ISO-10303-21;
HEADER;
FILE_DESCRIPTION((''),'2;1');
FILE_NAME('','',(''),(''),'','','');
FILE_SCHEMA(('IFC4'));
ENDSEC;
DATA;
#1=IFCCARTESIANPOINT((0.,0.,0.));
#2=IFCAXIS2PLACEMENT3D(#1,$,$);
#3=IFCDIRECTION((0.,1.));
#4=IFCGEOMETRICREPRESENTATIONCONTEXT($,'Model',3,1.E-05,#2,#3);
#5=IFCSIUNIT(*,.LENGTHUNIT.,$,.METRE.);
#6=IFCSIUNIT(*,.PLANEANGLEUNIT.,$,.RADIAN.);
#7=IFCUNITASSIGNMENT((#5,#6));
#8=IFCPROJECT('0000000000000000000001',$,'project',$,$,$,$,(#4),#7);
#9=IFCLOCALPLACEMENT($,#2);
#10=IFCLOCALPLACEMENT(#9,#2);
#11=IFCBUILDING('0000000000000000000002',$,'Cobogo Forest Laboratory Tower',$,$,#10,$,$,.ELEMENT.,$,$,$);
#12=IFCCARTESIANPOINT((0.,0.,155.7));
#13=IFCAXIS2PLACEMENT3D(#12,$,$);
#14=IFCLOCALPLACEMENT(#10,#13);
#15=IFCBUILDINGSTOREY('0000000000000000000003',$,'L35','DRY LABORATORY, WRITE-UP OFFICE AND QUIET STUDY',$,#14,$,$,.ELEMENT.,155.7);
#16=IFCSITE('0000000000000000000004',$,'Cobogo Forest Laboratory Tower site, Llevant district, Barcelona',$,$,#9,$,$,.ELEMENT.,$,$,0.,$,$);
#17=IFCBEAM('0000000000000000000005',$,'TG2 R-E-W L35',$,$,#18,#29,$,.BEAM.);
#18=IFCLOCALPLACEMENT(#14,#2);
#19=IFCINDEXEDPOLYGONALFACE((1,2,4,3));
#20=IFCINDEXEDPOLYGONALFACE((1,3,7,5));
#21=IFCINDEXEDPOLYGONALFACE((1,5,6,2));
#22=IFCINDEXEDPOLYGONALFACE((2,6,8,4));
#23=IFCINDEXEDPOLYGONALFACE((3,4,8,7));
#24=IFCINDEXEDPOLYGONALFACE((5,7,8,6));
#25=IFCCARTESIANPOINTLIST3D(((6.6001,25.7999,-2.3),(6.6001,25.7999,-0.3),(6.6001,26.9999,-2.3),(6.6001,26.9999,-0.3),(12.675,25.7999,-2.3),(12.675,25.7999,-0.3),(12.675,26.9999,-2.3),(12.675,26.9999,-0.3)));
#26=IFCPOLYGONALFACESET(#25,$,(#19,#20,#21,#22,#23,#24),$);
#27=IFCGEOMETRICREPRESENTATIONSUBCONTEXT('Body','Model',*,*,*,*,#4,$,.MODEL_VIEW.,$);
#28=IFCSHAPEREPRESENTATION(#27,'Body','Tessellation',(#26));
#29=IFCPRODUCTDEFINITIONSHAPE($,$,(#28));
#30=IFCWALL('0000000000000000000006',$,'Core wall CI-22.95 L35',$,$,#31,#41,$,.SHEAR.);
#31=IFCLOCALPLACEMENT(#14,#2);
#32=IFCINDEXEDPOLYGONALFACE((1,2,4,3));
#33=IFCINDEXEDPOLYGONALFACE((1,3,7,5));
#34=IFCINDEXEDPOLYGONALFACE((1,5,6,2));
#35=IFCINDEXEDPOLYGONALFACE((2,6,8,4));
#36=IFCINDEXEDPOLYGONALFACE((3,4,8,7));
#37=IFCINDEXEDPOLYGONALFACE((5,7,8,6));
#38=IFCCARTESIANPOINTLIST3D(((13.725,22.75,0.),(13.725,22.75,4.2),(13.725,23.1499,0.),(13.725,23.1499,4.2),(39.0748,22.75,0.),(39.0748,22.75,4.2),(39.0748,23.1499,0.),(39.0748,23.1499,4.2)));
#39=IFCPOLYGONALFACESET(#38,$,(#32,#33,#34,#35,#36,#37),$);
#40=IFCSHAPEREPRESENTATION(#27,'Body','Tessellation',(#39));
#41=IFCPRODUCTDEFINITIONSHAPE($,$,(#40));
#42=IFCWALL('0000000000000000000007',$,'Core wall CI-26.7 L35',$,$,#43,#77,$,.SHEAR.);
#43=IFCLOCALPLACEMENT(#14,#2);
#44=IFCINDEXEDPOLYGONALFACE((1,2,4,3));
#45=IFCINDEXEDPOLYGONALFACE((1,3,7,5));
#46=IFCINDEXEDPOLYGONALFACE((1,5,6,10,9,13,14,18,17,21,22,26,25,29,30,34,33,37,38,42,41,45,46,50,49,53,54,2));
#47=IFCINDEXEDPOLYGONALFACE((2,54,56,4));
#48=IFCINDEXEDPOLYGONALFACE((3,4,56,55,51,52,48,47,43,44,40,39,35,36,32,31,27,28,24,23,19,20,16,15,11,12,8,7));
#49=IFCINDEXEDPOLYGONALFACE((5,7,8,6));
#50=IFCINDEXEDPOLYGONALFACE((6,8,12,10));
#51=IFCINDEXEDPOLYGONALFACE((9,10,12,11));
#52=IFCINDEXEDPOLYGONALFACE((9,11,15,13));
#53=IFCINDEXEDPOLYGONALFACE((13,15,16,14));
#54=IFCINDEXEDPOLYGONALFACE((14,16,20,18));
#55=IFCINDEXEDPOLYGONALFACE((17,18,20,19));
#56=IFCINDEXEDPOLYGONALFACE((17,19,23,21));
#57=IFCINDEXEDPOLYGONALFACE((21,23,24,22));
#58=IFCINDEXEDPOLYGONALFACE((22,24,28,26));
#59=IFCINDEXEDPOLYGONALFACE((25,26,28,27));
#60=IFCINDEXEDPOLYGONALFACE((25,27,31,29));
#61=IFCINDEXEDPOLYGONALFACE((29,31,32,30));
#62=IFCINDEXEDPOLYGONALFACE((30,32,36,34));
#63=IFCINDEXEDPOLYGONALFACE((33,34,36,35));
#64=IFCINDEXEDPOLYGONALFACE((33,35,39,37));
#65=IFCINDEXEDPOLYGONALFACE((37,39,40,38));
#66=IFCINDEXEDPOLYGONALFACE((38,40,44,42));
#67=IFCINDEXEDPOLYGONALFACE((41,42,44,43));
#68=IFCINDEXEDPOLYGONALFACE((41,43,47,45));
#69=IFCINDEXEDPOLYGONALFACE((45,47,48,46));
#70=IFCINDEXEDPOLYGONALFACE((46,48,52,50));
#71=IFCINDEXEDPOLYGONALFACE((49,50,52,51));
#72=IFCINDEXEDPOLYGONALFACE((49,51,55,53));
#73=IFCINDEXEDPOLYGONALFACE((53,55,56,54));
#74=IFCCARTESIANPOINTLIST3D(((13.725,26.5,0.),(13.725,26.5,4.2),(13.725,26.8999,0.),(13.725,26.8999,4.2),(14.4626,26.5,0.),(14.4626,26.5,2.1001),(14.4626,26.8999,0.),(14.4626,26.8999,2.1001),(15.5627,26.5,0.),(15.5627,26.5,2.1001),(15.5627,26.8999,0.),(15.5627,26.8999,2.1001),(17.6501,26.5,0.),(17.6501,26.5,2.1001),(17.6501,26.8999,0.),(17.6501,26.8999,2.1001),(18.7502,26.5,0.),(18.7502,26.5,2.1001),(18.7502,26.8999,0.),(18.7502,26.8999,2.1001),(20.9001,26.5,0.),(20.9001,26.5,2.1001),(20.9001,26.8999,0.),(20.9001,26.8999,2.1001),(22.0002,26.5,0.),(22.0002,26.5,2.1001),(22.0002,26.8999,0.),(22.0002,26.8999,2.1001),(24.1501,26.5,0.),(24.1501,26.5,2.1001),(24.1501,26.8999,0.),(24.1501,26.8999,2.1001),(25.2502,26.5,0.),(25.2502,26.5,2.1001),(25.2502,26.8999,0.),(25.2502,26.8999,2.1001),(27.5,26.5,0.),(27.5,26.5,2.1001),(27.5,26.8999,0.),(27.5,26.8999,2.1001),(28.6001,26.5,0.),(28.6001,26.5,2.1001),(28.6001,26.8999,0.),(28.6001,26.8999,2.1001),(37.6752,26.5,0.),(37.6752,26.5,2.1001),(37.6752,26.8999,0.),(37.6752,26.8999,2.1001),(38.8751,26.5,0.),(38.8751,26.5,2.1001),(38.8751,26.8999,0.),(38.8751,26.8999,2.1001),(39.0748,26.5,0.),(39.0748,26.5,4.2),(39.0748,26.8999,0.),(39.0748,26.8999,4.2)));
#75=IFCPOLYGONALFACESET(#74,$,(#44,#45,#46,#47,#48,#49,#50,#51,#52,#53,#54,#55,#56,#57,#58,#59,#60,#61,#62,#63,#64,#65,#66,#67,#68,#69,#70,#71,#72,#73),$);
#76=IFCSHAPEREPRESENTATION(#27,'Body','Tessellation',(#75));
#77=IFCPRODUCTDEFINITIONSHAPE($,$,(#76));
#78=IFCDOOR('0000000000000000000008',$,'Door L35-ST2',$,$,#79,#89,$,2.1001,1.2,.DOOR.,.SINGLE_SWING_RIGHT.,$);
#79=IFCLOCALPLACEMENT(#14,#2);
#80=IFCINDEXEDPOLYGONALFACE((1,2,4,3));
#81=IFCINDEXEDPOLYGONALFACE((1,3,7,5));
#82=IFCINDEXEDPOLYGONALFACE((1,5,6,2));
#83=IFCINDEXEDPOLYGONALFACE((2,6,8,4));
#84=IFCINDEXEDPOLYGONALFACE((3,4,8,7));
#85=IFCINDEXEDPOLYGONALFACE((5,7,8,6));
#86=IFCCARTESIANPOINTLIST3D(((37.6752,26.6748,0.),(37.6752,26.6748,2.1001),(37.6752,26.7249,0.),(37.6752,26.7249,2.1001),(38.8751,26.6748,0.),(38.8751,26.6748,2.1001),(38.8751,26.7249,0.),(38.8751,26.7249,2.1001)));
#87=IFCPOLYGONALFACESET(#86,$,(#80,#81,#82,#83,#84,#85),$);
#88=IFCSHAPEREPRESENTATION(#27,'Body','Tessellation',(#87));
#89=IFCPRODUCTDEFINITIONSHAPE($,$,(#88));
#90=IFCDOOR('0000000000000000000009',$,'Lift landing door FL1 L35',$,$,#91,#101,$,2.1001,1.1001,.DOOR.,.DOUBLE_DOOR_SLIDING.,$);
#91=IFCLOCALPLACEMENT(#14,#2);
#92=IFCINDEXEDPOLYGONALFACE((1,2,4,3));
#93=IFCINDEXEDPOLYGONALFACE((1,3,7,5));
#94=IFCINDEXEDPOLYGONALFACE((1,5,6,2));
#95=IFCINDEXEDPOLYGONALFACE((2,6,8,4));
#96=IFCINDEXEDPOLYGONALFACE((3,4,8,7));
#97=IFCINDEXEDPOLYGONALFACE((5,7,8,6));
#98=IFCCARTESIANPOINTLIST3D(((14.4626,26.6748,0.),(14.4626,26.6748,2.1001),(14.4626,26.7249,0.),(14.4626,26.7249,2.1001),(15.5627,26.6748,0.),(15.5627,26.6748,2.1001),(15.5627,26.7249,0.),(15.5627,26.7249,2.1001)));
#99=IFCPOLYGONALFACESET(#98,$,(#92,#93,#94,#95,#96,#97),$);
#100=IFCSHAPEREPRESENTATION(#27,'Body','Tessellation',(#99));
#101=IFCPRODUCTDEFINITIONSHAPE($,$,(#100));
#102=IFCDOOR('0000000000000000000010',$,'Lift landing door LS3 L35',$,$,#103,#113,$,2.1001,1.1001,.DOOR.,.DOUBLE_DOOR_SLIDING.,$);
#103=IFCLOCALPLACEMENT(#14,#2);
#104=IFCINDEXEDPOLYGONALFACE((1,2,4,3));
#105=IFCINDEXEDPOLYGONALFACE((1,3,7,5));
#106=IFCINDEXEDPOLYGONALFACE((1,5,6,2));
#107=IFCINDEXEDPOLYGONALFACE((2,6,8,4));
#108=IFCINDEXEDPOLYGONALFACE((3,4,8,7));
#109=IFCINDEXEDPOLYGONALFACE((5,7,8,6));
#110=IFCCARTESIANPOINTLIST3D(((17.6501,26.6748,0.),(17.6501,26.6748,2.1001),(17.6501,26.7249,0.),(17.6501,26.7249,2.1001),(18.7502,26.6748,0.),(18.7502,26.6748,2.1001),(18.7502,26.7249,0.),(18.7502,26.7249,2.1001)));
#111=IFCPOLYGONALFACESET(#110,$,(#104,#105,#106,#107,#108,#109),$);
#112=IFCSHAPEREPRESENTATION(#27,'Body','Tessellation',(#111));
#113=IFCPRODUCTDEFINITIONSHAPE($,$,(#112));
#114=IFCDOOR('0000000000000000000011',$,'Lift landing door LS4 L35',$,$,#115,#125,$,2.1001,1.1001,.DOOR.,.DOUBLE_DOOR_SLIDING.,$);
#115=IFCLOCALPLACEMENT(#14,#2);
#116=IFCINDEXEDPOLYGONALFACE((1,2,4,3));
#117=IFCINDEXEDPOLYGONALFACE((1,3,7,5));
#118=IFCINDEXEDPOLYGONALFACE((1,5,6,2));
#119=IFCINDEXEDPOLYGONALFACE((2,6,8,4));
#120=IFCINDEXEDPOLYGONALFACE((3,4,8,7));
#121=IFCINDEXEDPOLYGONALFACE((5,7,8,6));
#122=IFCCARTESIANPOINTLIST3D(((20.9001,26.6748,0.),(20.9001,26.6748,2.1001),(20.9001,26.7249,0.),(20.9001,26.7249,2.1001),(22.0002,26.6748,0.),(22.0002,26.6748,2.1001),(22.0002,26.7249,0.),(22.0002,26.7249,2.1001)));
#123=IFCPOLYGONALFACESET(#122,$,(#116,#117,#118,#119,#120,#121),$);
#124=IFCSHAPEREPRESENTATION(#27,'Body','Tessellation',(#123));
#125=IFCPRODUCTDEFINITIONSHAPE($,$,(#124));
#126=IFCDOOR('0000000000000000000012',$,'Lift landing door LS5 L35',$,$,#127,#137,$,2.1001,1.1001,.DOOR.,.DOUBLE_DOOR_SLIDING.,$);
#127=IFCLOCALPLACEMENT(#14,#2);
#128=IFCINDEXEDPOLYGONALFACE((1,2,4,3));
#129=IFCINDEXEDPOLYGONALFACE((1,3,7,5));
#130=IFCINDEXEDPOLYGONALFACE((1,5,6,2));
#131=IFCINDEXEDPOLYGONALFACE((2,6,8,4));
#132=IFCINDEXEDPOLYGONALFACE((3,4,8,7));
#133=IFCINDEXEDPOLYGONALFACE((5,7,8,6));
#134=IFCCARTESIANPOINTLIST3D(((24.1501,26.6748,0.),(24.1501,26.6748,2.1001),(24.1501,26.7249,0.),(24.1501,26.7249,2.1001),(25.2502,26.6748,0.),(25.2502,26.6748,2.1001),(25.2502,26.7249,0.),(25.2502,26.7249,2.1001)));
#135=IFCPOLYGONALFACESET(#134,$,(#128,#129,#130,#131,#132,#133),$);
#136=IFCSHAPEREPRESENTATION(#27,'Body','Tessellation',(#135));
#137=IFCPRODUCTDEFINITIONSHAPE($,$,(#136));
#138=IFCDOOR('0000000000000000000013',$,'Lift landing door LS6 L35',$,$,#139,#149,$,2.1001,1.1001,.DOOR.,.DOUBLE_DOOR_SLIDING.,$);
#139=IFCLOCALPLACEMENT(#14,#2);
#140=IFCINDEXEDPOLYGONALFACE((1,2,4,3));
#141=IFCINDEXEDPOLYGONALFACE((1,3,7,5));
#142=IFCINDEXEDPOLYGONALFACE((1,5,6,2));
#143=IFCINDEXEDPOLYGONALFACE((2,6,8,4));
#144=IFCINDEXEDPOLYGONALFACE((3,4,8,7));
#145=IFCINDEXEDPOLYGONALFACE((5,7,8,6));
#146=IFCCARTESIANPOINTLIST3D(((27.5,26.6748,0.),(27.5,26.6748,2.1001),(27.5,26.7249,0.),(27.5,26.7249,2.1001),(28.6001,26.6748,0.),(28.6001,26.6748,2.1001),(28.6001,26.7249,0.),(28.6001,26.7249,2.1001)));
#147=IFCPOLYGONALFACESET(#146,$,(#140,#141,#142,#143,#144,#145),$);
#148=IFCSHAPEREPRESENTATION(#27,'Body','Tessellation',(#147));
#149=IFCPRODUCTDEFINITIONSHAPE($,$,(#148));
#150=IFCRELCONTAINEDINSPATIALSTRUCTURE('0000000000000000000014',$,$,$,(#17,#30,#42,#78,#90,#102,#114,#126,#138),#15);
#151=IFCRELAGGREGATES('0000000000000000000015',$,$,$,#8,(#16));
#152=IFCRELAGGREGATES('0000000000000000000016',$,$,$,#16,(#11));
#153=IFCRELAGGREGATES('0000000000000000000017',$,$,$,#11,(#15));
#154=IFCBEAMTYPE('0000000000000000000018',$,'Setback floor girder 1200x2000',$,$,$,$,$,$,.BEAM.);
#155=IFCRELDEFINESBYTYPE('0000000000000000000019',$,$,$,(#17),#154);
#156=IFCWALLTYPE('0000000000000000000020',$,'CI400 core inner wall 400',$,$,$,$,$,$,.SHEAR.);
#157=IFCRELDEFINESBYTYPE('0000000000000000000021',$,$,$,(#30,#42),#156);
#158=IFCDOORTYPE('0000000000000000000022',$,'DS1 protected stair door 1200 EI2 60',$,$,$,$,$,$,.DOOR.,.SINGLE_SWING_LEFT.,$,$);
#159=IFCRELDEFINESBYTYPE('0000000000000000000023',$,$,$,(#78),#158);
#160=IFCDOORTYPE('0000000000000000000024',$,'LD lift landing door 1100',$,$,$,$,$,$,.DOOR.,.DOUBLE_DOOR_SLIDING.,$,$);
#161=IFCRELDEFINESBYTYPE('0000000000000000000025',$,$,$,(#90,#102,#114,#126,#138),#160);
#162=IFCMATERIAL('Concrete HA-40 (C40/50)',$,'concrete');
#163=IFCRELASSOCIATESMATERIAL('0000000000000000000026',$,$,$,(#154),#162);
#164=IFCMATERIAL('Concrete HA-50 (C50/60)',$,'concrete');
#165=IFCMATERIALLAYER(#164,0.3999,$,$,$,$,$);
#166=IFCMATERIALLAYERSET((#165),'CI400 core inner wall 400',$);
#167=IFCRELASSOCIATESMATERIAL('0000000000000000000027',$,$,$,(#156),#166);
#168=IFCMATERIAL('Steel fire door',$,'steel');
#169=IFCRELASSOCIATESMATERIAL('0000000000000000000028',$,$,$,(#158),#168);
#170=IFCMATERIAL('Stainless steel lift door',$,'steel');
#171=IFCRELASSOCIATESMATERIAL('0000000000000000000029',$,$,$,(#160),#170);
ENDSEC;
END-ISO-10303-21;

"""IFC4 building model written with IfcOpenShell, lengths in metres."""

from ifc_helpers import new_model, si_unit, direction, frame, frame_2d, origin, origin_2d, place, context, subcontext, project, spatial, rectangle, extrude, material, layer, layer_set, material_profile, profile_set, type_object, element, fill, save


model = new_model("IFC4")

# Units and contexts
model_context = context("Model", 3, precision=1e-05, world=origin(), true_north=direction((0.0, 1.0)))
body_context = subcontext(model_context, "Body", "Model", "MODEL_VIEW")
ifc_project = project(units=[si_unit("LENGTHUNIT", "METRE"), si_unit("PLANEANGLEUNIT", "RADIAN")], contexts=[model_context])

# Site, building, storey
site_placement = place(None, origin())
site = spatial("IfcSite", under=ifc_project, at=site_placement, Name="Cobogo Forest Laboratory Tower site, Llevant district, Barcelona", CompositionType="ELEMENT", RefElevation=0.0)
building_placement = place(site_placement, origin())
building = spatial("IfcBuilding", under=site, at=building_placement, Name="Cobogo Forest Laboratory Tower", CompositionType="ELEMENT")
storey_placement = place(building_placement, frame((0.0, 0.0, 155.7)))
storey = spatial("IfcBuildingStorey", under=building, at=storey_placement, Name="L35", Description="DRY LABORATORY, WRITE-UP OFFICE AND QUIET STUDY", CompositionType="ELEMENT", Elevation=155.7)

# Beam
ifc_material_1 = material(Name="Concrete HA-40 (C40/50)", Category="concrete")
ifc_material_profile = material_profile(ifc_material_1, rectangle(XDim=1.2, YDim=2.0, at=origin_2d()), Name="RC 1200x2000")
ifc_profile_set = profile_set([ifc_material_profile], Name="Concrete HA-40 (C40/50)")
beam_type = type_object("IfcBeamType", Name="Setback floor girder 1200x2000", PredefinedType="BEAM", material=ifc_profile_set)
beam_placement = place(storey_placement, frame((12.675, 26.3999, -1.3), z_axis=(-1.0, 0.0, 0.0), x_axis=(0.0, -1.0, 0.0)))
element("IfcBeam", 1, at=beam_placement, inside=storey, type_object=beam_type, Name="TG2 R-E-W L35", PredefinedType="BEAM", context=body_context, shape_type="SweptSolid", body=[
    extrude(rectangle(XDim=1.2, YDim=2.0, at=origin_2d()), origin(), (0.0, 0.0, 1.0), 6.075),
])

# Wall
ifc_material_2 = material(Name="Concrete HA-50 (C50/60)", Category="concrete")
ifc_layer_1 = layer(ifc_material_2, 0.3999)
ifc_layer_set_1 = layer_set([ifc_layer_1], Name="CI400 core inner wall 400")
wall_type_1 = type_object("IfcWallType", Name="CI400 core inner wall 400", PredefinedType="SHEAR", material=ifc_layer_set_1)
wall_1_placement = place(storey_placement, frame((13.7251, 22.95, 0.0), z_axis=(0.0, 0.0, 1.0), x_axis=(1.0, 0.0, 0.0)))
element("IfcWall", 2, at=wall_1_placement, inside=storey, type_object=wall_type_1, Name="Core wall CI-22.95 L35", PredefinedType="SHEAR", context=body_context, shape_type="SweptSolid", body=[
    extrude(rectangle(XDim=25.3499, YDim=0.3999, at=frame_2d((12.6748, 0.0))), origin(), (0.0, 0.0, 1.0), 4.2),
])

# Wall, openings, doors
wall_2_placement = place(storey_placement, frame((13.7251, 26.7, 0.0), z_axis=(0.0, 0.0, 1.0), x_axis=(1.0, 0.0, 0.0)))
wall_2 = element("IfcWall", 3, at=wall_2_placement, inside=storey, type_object=wall_type_1, Name="Core wall CI-26.7 L35", PredefinedType="SHEAR", context=body_context, shape_type="SweptSolid", body=[
    extrude(rectangle(XDim=25.3499, YDim=0.3999, at=frame_2d((12.6748, 0.0))), origin(), (0.0, 0.0, 1.0), 4.2),
])
opening_1_placement = place(wall_2_placement, frame((23.95, 0.0, 0.0)))
opening_1 = element("IfcOpeningElement", 4, at=opening_1_placement, cuts=wall_2, PredefinedType="OPENING", context=body_context, shape_type="SweptSolid", body=[
    extrude(rectangle(XDim=1.2, YDim=2.1001, at=frame_2d((0.6001, 1.05))), frame((0.0, 0.21, 0.0), z_axis=(0.0, -1.0, 0.0), x_axis=(1.0, 0.0, 0.0)), (0.0, 0.0, 1.0), 0.4199),
])
opening_2_placement = place(wall_2_placement, frame((0.7375, 0.0, 0.0)))
opening_2 = element("IfcOpeningElement", 5, at=opening_2_placement, cuts=wall_2, PredefinedType="OPENING", context=body_context, shape_type="SweptSolid", body=[
    extrude(rectangle(XDim=1.1001, YDim=2.1001, at=frame_2d((0.55, 1.05))), frame((0.0, 0.21, 0.0), z_axis=(0.0, -1.0, 0.0), x_axis=(1.0, 0.0, 0.0)), (0.0, 0.0, 1.0), 0.4199),
])
opening_3_placement = place(wall_2_placement, frame((3.925, 0.0, 0.0)))
opening_3 = element("IfcOpeningElement", 6, at=opening_3_placement, cuts=wall_2, PredefinedType="OPENING", context=body_context, shape_type="SweptSolid", body=[
    extrude(rectangle(XDim=1.1001, YDim=2.1001, at=frame_2d((0.55, 1.05))), frame((0.0, 0.21, 0.0), z_axis=(0.0, -1.0, 0.0), x_axis=(1.0, 0.0, 0.0)), (0.0, 0.0, 1.0), 0.4199),
])
opening_4_placement = place(wall_2_placement, frame((7.175, 0.0, 0.0)))
opening_4 = element("IfcOpeningElement", 7, at=opening_4_placement, cuts=wall_2, PredefinedType="OPENING", context=body_context, shape_type="SweptSolid", body=[
    extrude(rectangle(XDim=1.1001, YDim=2.1001, at=frame_2d((0.55, 1.05))), frame((0.0, 0.21, 0.0), z_axis=(0.0, -1.0, 0.0), x_axis=(1.0, 0.0, 0.0)), (0.0, 0.0, 1.0), 0.4199),
])
opening_5_placement = place(wall_2_placement, frame((10.425, 0.0, 0.0)))
opening_5 = element("IfcOpeningElement", 8, at=opening_5_placement, cuts=wall_2, PredefinedType="OPENING", context=body_context, shape_type="SweptSolid", body=[
    extrude(rectangle(XDim=1.1001, YDim=2.1001, at=frame_2d((0.55, 1.05))), frame((0.0, 0.21, 0.0), z_axis=(0.0, -1.0, 0.0), x_axis=(1.0, 0.0, 0.0)), (0.0, 0.0, 1.0), 0.4199),
])
opening_6_placement = place(wall_2_placement, frame((13.7749, 0.0, 0.0)))
opening_6 = element("IfcOpeningElement", 9, at=opening_6_placement, cuts=wall_2, PredefinedType="OPENING", context=body_context, shape_type="SweptSolid", body=[
    extrude(rectangle(XDim=1.1001, YDim=2.1001, at=frame_2d((0.55, 1.05))), frame((0.0, 0.21, 0.0), z_axis=(0.0, -1.0, 0.0), x_axis=(1.0, 0.0, 0.0)), (0.0, 0.0, 1.0), 0.4199),
])
ifc_material_3 = material(Name="Steel fire door", Category="steel")
door_type_1 = type_object("IfcDoorType", Name="DS1 protected stair door 1200 EI2 60", OperationType="SINGLE_SWING_LEFT", PredefinedType="DOOR", material=ifc_material_3)
door_1_placement = place(opening_1_placement, origin())
door_1 = element("IfcDoor", 10, at=door_1_placement, inside=storey, type_object=door_type_1, Name="Door L35-ST2", OperationType="SINGLE_SWING_RIGHT", OverallHeight=2.1001, OverallWidth=1.2, PredefinedType="DOOR", context=body_context, shape_type="SweptSolid", body=[
    extrude(rectangle(XDim=1.2, YDim=2.1001, at=frame_2d((0.6001, 1.05))), frame((0.0, 0.0249, 0.0), z_axis=(0.0, -1.0, 0.0), x_axis=(1.0, 0.0, 0.0)), (0.0, 0.0, 1.0), 0.05),
])
fill(opening_1, door_1)
ifc_material_4 = material(Name="Stainless steel lift door", Category="steel")
door_type_2 = type_object("IfcDoorType", Name="LD lift landing door 1100", OperationType="DOUBLE_DOOR_SLIDING", PredefinedType="DOOR", material=ifc_material_4)
door_2_placement = place(opening_2_placement, origin())
door_2 = element("IfcDoor", 11, at=door_2_placement, inside=storey, type_object=door_type_2, Name="Lift landing door FL1 L35", OperationType="DOUBLE_DOOR_SLIDING", OverallHeight=2.1001, OverallWidth=1.1001, PredefinedType="DOOR", context=body_context, shape_type="SweptSolid", body=[
    extrude(rectangle(XDim=1.1001, YDim=2.1001, at=frame_2d((0.55, 1.05))), frame((0.0, 0.0249, 0.0), z_axis=(0.0, -1.0, 0.0), x_axis=(1.0, 0.0, 0.0)), (0.0, 0.0, 1.0), 0.05),
])
fill(opening_2, door_2)
door_3_placement = place(opening_3_placement, origin())
door_3 = element("IfcDoor", 12, at=door_3_placement, inside=storey, type_object=door_type_2, Name="Lift landing door LS3 L35", OperationType="DOUBLE_DOOR_SLIDING", OverallHeight=2.1001, OverallWidth=1.1001, PredefinedType="DOOR", context=body_context, shape_type="SweptSolid", body=[
    extrude(rectangle(XDim=1.1001, YDim=2.1001, at=frame_2d((0.55, 1.05))), frame((0.0, 0.0249, 0.0), z_axis=(0.0, -1.0, 0.0), x_axis=(1.0, 0.0, 0.0)), (0.0, 0.0, 1.0), 0.05),
])
fill(opening_3, door_3)
door_4_placement = place(opening_4_placement, origin())
door_4 = element("IfcDoor", 13, at=door_4_placement, inside=storey, type_object=door_type_2, Name="Lift landing door LS4 L35", OperationType="DOUBLE_DOOR_SLIDING", OverallHeight=2.1001, OverallWidth=1.1001, PredefinedType="DOOR", context=body_context, shape_type="SweptSolid", body=[
    extrude(rectangle(XDim=1.1001, YDim=2.1001, at=frame_2d((0.55, 1.05))), frame((0.0, 0.0249, 0.0), z_axis=(0.0, -1.0, 0.0), x_axis=(1.0, 0.0, 0.0)), (0.0, 0.0, 1.0), 0.05),
])
fill(opening_4, door_4)
door_5_placement = place(opening_5_placement, origin())
door_5 = element("IfcDoor", 14, at=door_5_placement, inside=storey, type_object=door_type_2, Name="Lift landing door LS5 L35", OperationType="DOUBLE_DOOR_SLIDING", OverallHeight=2.1001, OverallWidth=1.1001, PredefinedType="DOOR", context=body_context, shape_type="SweptSolid", body=[
    extrude(rectangle(XDim=1.1001, YDim=2.1001, at=frame_2d((0.55, 1.05))), frame((0.0, 0.0249, 0.0), z_axis=(0.0, -1.0, 0.0), x_axis=(1.0, 0.0, 0.0)), (0.0, 0.0, 1.0), 0.05),
])
fill(opening_5, door_5)
door_6_placement = place(opening_6_placement, origin())
door_6 = element("IfcDoor", 15, at=door_6_placement, inside=storey, type_object=door_type_2, Name="Lift landing door LS6 L35", OperationType="DOUBLE_DOOR_SLIDING", OverallHeight=2.1001, OverallWidth=1.1001, PredefinedType="DOOR", context=body_context, shape_type="SweptSolid", body=[
    extrude(rectangle(XDim=1.1001, YDim=2.1001, at=frame_2d((0.55, 1.05))), frame((0.0, 0.0249, 0.0), z_axis=(0.0, -1.0, 0.0), x_axis=(1.0, 0.0, 0.0)), (0.0, 0.0, 1.0), 0.05),
])
fill(opening_6, door_6)

save(model, "model.ifc")
